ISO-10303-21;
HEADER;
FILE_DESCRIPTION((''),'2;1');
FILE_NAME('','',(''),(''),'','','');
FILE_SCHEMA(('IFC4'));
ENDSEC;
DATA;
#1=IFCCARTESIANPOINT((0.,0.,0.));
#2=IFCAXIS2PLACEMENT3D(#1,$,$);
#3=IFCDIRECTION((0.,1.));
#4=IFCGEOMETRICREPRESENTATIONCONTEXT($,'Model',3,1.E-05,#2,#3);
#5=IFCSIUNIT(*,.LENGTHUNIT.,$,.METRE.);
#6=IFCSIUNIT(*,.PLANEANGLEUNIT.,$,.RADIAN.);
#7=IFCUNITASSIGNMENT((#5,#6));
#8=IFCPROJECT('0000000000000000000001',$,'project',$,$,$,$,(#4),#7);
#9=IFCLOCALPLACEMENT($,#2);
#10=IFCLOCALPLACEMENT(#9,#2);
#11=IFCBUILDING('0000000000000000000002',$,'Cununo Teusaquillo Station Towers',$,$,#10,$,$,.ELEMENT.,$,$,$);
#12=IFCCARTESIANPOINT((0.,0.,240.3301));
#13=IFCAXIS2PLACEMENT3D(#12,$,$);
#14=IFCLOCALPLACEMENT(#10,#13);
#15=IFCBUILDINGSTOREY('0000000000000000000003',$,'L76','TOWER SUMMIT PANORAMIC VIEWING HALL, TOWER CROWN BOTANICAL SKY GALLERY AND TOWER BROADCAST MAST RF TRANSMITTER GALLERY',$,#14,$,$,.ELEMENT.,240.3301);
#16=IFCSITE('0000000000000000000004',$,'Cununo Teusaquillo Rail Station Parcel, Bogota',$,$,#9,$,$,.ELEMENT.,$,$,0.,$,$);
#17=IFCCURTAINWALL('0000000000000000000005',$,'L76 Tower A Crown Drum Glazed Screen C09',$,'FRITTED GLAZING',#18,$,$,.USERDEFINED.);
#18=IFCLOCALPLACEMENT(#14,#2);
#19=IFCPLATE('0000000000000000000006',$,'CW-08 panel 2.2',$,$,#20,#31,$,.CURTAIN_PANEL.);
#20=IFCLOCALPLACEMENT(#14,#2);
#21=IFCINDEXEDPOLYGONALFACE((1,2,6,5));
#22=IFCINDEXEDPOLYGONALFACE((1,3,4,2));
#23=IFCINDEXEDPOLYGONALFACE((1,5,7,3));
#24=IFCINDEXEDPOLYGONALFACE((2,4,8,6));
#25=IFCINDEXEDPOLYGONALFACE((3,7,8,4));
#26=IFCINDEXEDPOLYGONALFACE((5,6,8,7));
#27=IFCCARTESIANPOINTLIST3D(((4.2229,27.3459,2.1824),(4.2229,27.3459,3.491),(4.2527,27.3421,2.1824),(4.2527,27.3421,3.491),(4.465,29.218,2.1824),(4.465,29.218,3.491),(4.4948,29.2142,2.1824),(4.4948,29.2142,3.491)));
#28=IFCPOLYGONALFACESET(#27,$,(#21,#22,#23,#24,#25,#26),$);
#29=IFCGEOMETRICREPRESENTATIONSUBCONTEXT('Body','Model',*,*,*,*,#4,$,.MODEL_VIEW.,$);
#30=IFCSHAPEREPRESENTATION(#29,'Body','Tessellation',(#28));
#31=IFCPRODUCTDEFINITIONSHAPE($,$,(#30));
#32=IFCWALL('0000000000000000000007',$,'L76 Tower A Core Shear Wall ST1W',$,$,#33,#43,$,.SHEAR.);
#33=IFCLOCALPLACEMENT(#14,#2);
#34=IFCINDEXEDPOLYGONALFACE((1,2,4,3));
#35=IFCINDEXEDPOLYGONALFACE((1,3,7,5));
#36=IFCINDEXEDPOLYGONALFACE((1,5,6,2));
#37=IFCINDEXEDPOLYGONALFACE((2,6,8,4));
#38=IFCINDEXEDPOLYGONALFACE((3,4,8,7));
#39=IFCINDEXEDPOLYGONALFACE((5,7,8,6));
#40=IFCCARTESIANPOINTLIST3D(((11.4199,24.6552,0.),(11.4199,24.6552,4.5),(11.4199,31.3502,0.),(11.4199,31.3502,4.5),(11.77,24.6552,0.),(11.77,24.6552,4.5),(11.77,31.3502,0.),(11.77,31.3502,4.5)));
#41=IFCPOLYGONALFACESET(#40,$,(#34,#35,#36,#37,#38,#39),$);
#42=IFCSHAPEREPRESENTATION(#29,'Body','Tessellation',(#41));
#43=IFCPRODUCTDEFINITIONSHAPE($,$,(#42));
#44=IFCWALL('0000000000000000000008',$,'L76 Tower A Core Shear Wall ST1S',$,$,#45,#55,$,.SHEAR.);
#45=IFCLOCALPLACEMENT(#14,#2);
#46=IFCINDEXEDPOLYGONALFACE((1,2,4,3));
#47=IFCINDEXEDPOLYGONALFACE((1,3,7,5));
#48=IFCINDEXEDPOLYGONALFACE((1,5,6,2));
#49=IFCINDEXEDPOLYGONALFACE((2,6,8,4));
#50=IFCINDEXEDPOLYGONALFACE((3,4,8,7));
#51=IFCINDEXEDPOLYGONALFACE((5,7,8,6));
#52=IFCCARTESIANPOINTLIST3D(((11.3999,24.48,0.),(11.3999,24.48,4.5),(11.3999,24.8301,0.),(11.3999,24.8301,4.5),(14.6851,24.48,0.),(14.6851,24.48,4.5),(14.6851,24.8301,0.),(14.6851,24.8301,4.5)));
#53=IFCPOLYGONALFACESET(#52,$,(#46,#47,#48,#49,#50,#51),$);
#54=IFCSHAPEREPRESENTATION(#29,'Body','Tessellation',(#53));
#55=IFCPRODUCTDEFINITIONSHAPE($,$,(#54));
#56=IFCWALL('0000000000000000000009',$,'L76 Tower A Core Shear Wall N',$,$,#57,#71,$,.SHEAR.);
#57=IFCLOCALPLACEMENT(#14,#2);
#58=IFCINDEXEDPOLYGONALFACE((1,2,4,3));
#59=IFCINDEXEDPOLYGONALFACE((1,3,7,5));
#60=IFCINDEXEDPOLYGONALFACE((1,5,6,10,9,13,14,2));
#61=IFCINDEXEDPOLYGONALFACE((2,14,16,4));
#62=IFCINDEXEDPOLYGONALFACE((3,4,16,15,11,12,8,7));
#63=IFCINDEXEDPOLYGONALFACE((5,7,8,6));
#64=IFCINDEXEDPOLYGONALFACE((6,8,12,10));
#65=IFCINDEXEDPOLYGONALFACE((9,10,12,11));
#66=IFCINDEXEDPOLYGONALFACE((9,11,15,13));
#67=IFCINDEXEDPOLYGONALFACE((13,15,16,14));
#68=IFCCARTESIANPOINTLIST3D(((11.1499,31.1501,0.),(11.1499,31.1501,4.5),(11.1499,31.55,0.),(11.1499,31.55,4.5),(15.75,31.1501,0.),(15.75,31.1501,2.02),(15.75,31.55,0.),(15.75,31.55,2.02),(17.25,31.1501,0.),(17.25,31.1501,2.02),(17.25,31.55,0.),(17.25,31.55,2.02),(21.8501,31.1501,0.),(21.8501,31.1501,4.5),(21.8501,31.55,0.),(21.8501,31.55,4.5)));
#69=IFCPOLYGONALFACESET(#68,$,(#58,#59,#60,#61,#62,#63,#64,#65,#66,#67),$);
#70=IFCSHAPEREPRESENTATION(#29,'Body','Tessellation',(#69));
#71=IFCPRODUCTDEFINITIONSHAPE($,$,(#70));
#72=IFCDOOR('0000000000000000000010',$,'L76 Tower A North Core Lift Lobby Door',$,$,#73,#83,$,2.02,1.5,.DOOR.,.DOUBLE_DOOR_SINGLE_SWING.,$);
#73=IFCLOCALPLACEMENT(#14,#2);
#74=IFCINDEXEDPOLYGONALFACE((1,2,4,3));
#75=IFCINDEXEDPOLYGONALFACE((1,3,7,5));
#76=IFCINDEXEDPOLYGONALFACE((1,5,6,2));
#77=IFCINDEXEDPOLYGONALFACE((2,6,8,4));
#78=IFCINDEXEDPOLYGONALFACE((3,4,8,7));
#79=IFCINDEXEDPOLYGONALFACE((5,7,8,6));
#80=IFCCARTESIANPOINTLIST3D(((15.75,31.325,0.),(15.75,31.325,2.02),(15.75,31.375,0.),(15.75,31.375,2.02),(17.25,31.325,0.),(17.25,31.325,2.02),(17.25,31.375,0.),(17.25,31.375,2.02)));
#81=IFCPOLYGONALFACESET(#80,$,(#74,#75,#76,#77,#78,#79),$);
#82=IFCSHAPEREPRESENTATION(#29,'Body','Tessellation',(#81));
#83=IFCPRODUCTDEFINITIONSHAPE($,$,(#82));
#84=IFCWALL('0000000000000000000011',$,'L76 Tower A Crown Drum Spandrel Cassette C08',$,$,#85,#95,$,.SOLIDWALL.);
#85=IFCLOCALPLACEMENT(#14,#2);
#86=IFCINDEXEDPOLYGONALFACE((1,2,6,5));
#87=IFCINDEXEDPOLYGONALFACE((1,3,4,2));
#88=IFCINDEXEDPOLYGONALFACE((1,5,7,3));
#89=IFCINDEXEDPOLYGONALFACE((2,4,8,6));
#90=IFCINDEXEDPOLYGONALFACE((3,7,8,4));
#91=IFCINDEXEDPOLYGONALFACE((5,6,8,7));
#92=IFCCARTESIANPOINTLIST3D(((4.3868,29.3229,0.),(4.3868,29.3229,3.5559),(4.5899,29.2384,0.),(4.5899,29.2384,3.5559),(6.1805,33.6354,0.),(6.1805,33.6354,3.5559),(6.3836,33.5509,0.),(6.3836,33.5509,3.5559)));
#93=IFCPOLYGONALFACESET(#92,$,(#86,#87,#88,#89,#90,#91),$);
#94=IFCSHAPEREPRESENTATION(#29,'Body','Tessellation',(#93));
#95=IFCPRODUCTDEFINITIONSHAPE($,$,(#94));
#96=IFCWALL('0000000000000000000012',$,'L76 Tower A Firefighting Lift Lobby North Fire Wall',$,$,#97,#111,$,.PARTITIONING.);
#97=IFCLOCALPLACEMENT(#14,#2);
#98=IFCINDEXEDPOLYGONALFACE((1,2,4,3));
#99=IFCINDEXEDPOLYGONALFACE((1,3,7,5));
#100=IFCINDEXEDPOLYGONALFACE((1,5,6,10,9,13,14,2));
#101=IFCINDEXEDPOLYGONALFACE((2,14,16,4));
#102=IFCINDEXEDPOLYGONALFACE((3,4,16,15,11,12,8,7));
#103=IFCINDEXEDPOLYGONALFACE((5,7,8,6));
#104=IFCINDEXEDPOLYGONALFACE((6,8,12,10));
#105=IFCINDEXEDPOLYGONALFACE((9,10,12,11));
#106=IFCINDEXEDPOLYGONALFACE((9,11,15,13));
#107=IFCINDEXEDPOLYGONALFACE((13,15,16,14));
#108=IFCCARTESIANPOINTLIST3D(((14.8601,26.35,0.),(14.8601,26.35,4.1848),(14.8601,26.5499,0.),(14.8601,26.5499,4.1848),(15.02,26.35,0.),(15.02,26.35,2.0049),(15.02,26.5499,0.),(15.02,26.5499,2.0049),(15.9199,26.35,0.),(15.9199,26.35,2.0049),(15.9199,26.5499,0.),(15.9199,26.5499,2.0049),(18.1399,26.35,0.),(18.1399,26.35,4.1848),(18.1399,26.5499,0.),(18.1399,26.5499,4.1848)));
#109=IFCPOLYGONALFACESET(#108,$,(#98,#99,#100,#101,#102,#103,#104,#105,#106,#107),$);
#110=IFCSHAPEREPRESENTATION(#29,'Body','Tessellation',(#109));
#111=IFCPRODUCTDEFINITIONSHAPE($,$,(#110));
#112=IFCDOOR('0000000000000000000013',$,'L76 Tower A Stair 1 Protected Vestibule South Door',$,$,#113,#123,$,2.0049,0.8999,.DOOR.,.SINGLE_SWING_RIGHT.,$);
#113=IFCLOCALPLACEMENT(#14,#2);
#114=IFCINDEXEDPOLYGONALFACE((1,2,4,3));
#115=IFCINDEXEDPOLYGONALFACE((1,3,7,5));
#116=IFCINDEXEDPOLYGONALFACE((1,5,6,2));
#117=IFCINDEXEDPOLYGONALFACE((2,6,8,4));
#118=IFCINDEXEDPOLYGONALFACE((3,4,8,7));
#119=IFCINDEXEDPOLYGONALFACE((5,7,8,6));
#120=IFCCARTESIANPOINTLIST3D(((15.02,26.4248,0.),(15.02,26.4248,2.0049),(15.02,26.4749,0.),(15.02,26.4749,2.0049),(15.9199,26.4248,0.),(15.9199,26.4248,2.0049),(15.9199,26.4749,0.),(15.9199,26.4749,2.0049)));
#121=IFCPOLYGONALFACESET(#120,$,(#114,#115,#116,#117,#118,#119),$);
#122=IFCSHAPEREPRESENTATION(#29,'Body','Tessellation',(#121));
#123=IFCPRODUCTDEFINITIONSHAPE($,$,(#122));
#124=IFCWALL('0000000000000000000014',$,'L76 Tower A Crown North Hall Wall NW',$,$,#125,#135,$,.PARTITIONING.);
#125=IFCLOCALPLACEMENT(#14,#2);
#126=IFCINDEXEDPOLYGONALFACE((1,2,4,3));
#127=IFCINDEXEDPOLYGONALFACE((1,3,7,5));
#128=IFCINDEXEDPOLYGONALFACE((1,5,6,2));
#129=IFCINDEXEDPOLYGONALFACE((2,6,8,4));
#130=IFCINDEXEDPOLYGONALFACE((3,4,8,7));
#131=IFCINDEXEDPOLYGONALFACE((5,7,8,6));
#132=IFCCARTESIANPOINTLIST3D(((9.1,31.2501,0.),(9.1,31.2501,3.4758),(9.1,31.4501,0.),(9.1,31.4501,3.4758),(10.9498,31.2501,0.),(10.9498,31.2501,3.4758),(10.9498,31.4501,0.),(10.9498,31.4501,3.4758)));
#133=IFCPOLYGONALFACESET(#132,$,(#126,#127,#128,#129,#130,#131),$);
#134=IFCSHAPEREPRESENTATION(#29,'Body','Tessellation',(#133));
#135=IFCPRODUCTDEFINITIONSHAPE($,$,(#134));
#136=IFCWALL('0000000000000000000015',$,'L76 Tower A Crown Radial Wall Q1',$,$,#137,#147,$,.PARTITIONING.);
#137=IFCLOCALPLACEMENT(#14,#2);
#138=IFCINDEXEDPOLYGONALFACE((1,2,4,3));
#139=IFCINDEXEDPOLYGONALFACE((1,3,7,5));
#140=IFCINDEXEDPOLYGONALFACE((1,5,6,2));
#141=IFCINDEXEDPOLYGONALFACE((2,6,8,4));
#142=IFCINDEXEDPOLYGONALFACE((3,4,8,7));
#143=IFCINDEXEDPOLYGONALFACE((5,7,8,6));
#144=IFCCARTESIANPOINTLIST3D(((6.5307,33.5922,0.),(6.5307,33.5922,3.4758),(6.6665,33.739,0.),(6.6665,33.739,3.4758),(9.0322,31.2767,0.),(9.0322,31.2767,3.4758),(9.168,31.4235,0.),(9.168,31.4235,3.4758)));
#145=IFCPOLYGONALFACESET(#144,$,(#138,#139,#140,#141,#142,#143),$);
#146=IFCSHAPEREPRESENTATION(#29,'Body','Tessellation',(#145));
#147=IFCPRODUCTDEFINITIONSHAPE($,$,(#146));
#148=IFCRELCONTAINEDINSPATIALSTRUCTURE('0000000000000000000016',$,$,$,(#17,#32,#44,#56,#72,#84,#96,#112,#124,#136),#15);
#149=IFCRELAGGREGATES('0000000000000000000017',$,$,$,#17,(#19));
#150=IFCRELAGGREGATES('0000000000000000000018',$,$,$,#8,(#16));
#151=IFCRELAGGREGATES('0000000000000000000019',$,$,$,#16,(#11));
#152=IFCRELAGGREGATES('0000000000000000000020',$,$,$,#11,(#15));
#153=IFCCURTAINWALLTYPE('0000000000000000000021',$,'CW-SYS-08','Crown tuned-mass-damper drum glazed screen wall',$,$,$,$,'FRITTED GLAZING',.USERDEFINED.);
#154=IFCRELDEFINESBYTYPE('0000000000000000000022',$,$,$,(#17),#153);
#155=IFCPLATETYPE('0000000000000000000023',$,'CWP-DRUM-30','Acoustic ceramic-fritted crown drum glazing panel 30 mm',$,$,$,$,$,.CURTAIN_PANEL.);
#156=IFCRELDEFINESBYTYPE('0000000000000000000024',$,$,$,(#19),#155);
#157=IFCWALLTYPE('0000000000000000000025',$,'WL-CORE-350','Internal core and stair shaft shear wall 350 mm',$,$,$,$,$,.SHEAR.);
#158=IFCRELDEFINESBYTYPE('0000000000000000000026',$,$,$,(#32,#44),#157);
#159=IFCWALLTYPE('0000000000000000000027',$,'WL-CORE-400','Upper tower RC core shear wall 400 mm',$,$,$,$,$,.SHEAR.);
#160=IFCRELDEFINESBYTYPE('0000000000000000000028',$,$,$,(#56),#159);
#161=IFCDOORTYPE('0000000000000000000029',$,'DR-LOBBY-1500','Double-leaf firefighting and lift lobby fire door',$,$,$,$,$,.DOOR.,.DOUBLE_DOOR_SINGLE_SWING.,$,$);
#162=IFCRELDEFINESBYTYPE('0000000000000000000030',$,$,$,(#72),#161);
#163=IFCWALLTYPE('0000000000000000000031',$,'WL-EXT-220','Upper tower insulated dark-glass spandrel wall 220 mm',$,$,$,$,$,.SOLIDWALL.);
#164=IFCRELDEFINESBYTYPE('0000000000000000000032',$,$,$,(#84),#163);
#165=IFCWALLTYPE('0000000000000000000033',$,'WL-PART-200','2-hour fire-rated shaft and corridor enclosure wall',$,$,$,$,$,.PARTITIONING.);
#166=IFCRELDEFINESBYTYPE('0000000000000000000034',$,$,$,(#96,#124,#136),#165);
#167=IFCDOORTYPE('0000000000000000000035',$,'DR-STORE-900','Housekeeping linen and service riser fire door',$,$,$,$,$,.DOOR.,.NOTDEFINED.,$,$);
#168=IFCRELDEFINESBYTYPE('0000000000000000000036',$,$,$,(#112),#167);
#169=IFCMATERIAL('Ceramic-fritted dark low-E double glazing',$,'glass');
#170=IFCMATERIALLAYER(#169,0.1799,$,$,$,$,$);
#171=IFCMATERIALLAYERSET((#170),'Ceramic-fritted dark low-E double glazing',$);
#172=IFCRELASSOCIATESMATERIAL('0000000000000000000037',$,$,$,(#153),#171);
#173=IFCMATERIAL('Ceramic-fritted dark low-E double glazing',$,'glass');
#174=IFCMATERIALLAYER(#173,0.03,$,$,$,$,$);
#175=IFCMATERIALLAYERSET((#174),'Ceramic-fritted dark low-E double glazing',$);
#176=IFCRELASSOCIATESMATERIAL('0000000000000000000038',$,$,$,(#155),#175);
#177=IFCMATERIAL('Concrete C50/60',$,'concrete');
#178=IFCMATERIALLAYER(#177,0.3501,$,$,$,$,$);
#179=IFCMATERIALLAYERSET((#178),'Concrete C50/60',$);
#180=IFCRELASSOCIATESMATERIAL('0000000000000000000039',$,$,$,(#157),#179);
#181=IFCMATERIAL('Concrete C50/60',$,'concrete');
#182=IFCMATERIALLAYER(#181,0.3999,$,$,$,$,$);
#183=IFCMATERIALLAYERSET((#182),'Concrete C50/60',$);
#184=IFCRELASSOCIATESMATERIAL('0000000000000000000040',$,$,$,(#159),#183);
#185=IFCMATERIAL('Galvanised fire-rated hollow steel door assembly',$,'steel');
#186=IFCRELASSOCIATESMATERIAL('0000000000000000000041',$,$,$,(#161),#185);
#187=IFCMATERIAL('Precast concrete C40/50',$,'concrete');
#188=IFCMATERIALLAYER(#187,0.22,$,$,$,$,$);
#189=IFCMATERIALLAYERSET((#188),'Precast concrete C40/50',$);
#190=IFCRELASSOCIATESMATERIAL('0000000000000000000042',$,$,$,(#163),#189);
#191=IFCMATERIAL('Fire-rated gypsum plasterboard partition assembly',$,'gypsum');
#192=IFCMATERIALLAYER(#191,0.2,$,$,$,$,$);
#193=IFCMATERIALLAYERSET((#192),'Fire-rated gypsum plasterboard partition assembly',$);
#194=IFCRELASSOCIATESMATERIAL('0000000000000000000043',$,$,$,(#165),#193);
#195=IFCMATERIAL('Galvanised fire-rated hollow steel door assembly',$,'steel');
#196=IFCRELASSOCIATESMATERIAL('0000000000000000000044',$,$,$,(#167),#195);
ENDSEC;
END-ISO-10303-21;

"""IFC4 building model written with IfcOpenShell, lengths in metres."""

from ifc_helpers import new_model, si_unit, direction, frame, frame_2d, origin, origin_2d, place, context, subcontext, project, spatial, rectangle, extrude, source, transform, mapped, material, layer, layer_set, type_object, element, fill, aggregate, save


model = new_model("IFC4")

# Units and contexts
model_context = context("Model", 3, precision=1e-05, world=origin(), true_north=direction((0.0, 1.0)))
body_context = subcontext(model_context, "Body", "Model", "MODEL_VIEW")
ifc_project = project(units=[si_unit("LENGTHUNIT", "METRE"), si_unit("PLANEANGLEUNIT", "RADIAN")], contexts=[model_context])

# Site, building, storey
site_placement = place(None, origin())
site = spatial("IfcSite", under=ifc_project, at=site_placement, Name="Cununo Teusaquillo Rail Station Parcel, Bogota", CompositionType="ELEMENT", RefElevation=0.0)
building_placement = place(site_placement, origin())
building = spatial("IfcBuilding", under=site, at=building_placement, Name="Cununo Teusaquillo Station Towers", CompositionType="ELEMENT")
storey_placement = place(building_placement, frame((0.0, 0.0, 240.3301)))
storey = spatial("IfcBuildingStorey", under=building, at=storey_placement, Name="L76", Description="TOWER SUMMIT PANORAMIC VIEWING HALL, TOWER CROWN BOTANICAL SKY GALLERY AND TOWER BROADCAST MAST RF TRANSMITTER GALLERY", CompositionType="ELEMENT", Elevation=240.3301)

# Curtain wall
ifc_material_1 = material(Name="Ceramic-fritted dark low-E double glazing", Category="glass")
ifc_layer_1 = layer(ifc_material_1, 0.1799)
ifc_layer_set_1 = layer_set([ifc_layer_1], Name="Ceramic-fritted dark low-E double glazing")
curtain_wall_type = type_object("IfcCurtainWallType", Name="CW-SYS-08", Description="Crown tuned-mass-damper drum glazed screen wall", ElementType="FRITTED GLAZING", PredefinedType="USERDEFINED", material=ifc_layer_set_1)
curtain_wall_placement = place(storey_placement, origin())
curtain_wall = element("IfcCurtainWall", 1, at=curtain_wall_placement, inside=storey, type_object=curtain_wall_type, Name="L76 Tower A Crown Drum Glazed Screen C09", ObjectType="FRITTED GLAZING", PredefinedType="USERDEFINED")

# Plate
ifc_material_2 = material(Name="Ceramic-fritted dark low-E double glazing", Category="glass")
ifc_layer_2 = layer(ifc_material_2, 0.03)
ifc_layer_set_2 = layer_set([ifc_layer_2], Name="Ceramic-fritted dark low-E double glazing")
plate_type_1 = type_object("IfcPlateType", Name="CWP-DRUM-30", Description="Acoustic ceramic-fritted crown drum glazing panel 30 mm", PredefinedType="CURTAIN_PANEL", material=ifc_layer_set_2)
shared_shape_1 = source(origin(), body_context, "Body", "SweptSolid", [
    extrude(rectangle(XDim=1.8877, YDim=0.03, at=origin_2d()), origin(), (0.0, 0.0, 1.0), 1.3086),
])
plate_1_placement = place(storey_placement, frame((4.3589, 28.28, 2.1824), z_axis=(0.0, 0.0, 1.0), x_axis=(0.128253, 0.991742, 0.0)))
plate_1 = element("IfcPlate", 2, at=plate_1_placement, type_object=plate_type_1, Name="CW-08 panel 2.2", PredefinedType="CURTAIN_PANEL", context=body_context, shape_type="MappedRepresentation", body=[
    mapped(shared_shape_1, transform((0.0, 0.0, 0.0), x_axis=(1.0, 0.0, 0.0), y_axis=(0.0, 1.0, 0.0), z_axis=(0.0, 0.0, 1.0), scale=1.0)),
])
aggregate(curtain_wall, [plate_1])

# Walls
ifc_material_3 = material(Name="Concrete C50/60", Category="concrete")
ifc_layer_3 = layer(ifc_material_3, 0.3501)
ifc_layer_set_3 = layer_set([ifc_layer_3], Name="Concrete C50/60")
wall_type_1 = type_object("IfcWallType", Name="WL-CORE-350", Description="Internal core and stair shaft shear wall 350 mm", PredefinedType="SHEAR", material=ifc_layer_set_3)
wall_1_placement = place(storey_placement, frame((11.595, 24.655, 0.0), z_axis=(0.0, 0.0, 1.0), x_axis=(0.0, 1.0, 0.0)))
element("IfcWall", 3, at=wall_1_placement, inside=storey, type_object=wall_type_1, Name="L76 Tower A Core Shear Wall ST1W", PredefinedType="SHEAR", context=body_context, shape_type="SweptSolid", body=[
    extrude(rectangle(XDim=6.6951, YDim=0.3501, at=frame_2d((3.3477, 0.0))), origin(), (0.0, 0.0, 1.0), 4.5),
])
wall_2_placement = place(storey_placement, frame((11.3999, 24.655, 0.0), z_axis=(0.0, 0.0, 1.0), x_axis=(1.0, 0.0, 0.0)))
element("IfcWall", 4, at=wall_2_placement, inside=storey, type_object=wall_type_1, Name="L76 Tower A Core Shear Wall ST1S", PredefinedType="SHEAR", context=body_context, shape_type="SweptSolid", body=[
    extrude(rectangle(XDim=3.2852, YDim=0.3501, at=frame_2d((1.6426, 0.0))), origin(), (0.0, 0.0, 1.0), 4.5),
])

# Wall, opening, door
ifc_material_4 = material(Name="Concrete C50/60", Category="concrete")
ifc_layer_4 = layer(ifc_material_4, 0.3999)
ifc_layer_set_4 = layer_set([ifc_layer_4], Name="Concrete C50/60")
wall_type_2 = type_object("IfcWallType", Name="WL-CORE-400", Description="Upper tower RC core shear wall 400 mm", PredefinedType="SHEAR", material=ifc_layer_set_4)
wall_3_placement = place(storey_placement, frame((11.1499, 31.3501, 0.0), z_axis=(0.0, 0.0, 1.0), x_axis=(1.0, 0.0, 0.0)))
wall_3 = element("IfcWall", 5, at=wall_3_placement, inside=storey, type_object=wall_type_2, Name="L76 Tower A Core Shear Wall N", PredefinedType="SHEAR", context=body_context, shape_type="SweptSolid", body=[
    extrude(rectangle(XDim=10.7002, YDim=0.3999, at=frame_2d((5.3501, 0.0))), origin(), (0.0, 0.0, 1.0), 4.5),
])
shared_shape_2 = source(origin(), body_context, "Body", "SweptSolid", [
    extrude(rectangle(XDim=1.5, YDim=2.02, at=frame_2d((0.75, 1.01))), frame((0.0, 0.21, 0.0), z_axis=(0.0, -1.0, 0.0), x_axis=(1.0, 0.0, 0.0)), (0.0, 0.0, 1.0), 0.4199),
])
opening_1_placement = place(wall_3_placement, frame((4.6001, 0.0, 0.0)))
opening_1 = element("IfcOpeningElement", 6, at=opening_1_placement, cuts=wall_3, PredefinedType="OPENING", context=body_context, shape_type="MappedRepresentation", body=[
    mapped(shared_shape_2, transform((0.0, 0.0, 0.0), x_axis=(1.0, 0.0, 0.0), y_axis=(0.0, 1.0, 0.0), z_axis=(0.0, 0.0, 1.0), scale=1.0)),
])
ifc_material_5 = material(Name="Galvanised fire-rated hollow steel door assembly", Category="steel")
door_type_1 = type_object("IfcDoorType", Name="DR-LOBBY-1500", Description="Double-leaf firefighting and lift lobby fire door", OperationType="DOUBLE_DOOR_SINGLE_SWING", PredefinedType="DOOR", material=ifc_material_5)
shared_shape_3 = source(origin(), body_context, "Body", "SweptSolid", [
    extrude(rectangle(XDim=1.5, YDim=2.02, at=frame_2d((0.75, 1.01))), frame((0.0, 0.0249, 0.0), z_axis=(0.0, -1.0, 0.0), x_axis=(1.0, 0.0, 0.0)), (0.0, 0.0, 1.0), 0.05),
])
door_1_placement = place(opening_1_placement, origin())
door_1 = element("IfcDoor", 7, at=door_1_placement, inside=storey, type_object=door_type_1, Name="L76 Tower A North Core Lift Lobby Door", OperationType="DOUBLE_DOOR_SINGLE_SWING", OverallHeight=2.02, OverallWidth=1.5, PredefinedType="DOOR", context=body_context, shape_type="MappedRepresentation", body=[
    mapped(shared_shape_3, transform((0.0, 0.0, 0.0), x_axis=(1.0, 0.0, 0.0), y_axis=(0.0, 1.0, 0.0), z_axis=(0.0, 0.0, 1.0), scale=1.0)),
])
fill(opening_1, door_1)

# Wall
ifc_material_6 = material(Name="Precast concrete C40/50", Category="concrete")
ifc_layer_5 = layer(ifc_material_6, 0.22)
ifc_layer_set_5 = layer_set([ifc_layer_5], Name="Precast concrete C40/50")
wall_type_3 = type_object("IfcWallType", Name="WL-EXT-220", Description="Upper tower insulated dark-glass spandrel wall 220 mm", PredefinedType="SOLIDWALL", material=ifc_layer_set_5)
wall_4_placement = place(storey_placement, frame((4.4883, 29.2805, 0.0), z_axis=(0.0, 0.0, 1.0), x_axis=(0.384036, 0.923318, 0.0)))
element("IfcWall", 8, at=wall_4_placement, inside=storey, type_object=wall_type_3, Name="L76 Tower A Crown Drum Spandrel Cassette C08", PredefinedType="SOLIDWALL", context=body_context, shape_type="SweptSolid", body=[
    extrude(rectangle(XDim=4.6707, YDim=0.22, at=frame_2d((2.3354, 0.0))), origin(), (0.0, 0.0, 1.0), 3.5559),
])

# Wall, opening, door
ifc_material_7 = material(Name="Fire-rated gypsum plasterboard partition assembly", Category="gypsum")
ifc_layer_6 = layer(ifc_material_7, 0.2)
ifc_layer_set_6 = layer_set([ifc_layer_6], Name="Fire-rated gypsum plasterboard partition assembly")
wall_type_4 = type_object("IfcWallType", Name="WL-PART-200", Description="2-hour fire-rated shaft and corridor enclosure wall", PredefinedType="PARTITIONING", material=ifc_layer_set_6)
wall_5_placement = place(storey_placement, frame((14.8601, 26.45, 0.0), z_axis=(0.0, 0.0, 1.0), x_axis=(1.0, 0.0, 0.0)))
wall_5 = element("IfcWall", 9, at=wall_5_placement, inside=storey, type_object=wall_type_4, Name="L76 Tower A Firefighting Lift Lobby North Fire Wall", PredefinedType="PARTITIONING", context=body_context, shape_type="SweptSolid", body=[
    extrude(rectangle(XDim=3.2798, YDim=0.2, at=frame_2d((1.6399, 0.0))), origin(), (0.0, 0.0, 1.0), 4.1848),
])
shared_shape_4 = source(origin(), body_context, "Body", "SweptSolid", [
    extrude(rectangle(XDim=0.8999, YDim=2.0049, at=frame_2d((0.45, 1.0024))), frame((0.0, 0.1099, 0.0), z_axis=(0.0, -1.0, 0.0), x_axis=(1.0, 0.0, 0.0)), (0.0, 0.0, 1.0), 0.22),
])
opening_2_placement = place(wall_5_placement, frame((0.1599, 0.0, 0.0)))
opening_2 = element("IfcOpeningElement", 10, at=opening_2_placement, cuts=wall_5, PredefinedType="OPENING", context=body_context, shape_type="MappedRepresentation", body=[
    mapped(shared_shape_4, transform((0.0, 0.0, 0.0), x_axis=(1.0, 0.0, 0.0), y_axis=(0.0, 1.0, 0.0), z_axis=(0.0, 0.0, 1.0), scale=1.0)),
])
ifc_material_8 = material(Name="Galvanised fire-rated hollow steel door assembly", Category="steel")
door_type_2 = type_object("IfcDoorType", Name="DR-STORE-900", Description="Housekeeping linen and service riser fire door", OperationType="NOTDEFINED", PredefinedType="DOOR", material=ifc_material_8)
shared_shape_5 = source(origin(), body_context, "Body", "SweptSolid", [
    extrude(rectangle(XDim=0.8999, YDim=2.0049, at=frame_2d((0.45, 1.0024))), frame((0.0, 0.0249, 0.0), z_axis=(0.0, -1.0, 0.0), x_axis=(1.0, 0.0, 0.0)), (0.0, 0.0, 1.0), 0.05),
])
door_2_placement = place(opening_2_placement, origin())
door_2 = element("IfcDoor", 11, at=door_2_placement, inside=storey, type_object=door_type_2, Name="L76 Tower A Stair 1 Protected Vestibule South Door", OperationType="SINGLE_SWING_RIGHT", OverallHeight=2.0049, OverallWidth=0.8999, PredefinedType="DOOR", context=body_context, shape_type="MappedRepresentation", body=[
    mapped(shared_shape_5, transform((0.0, 0.0, 0.0), x_axis=(1.0, 0.0, 0.0), y_axis=(0.0, 1.0, 0.0), z_axis=(0.0, 0.0, 1.0), scale=1.0)),
])
fill(opening_2, door_2)

# Walls
wall_6_placement = place(storey_placement, frame((9.1001, 31.3501, 0.0), z_axis=(0.0, 0.0, 1.0), x_axis=(1.0, 0.0, 0.0)))
element("IfcWall", 12, at=wall_6_placement, inside=storey, type_object=wall_type_4, Name="L76 Tower A Crown North Hall Wall NW", PredefinedType="PARTITIONING", context=body_context, shape_type="SweptSolid", body=[
    extrude(rectangle(XDim=1.8499, YDim=0.2, at=frame_2d((0.9248, 0.0))), origin(), (0.0, 0.0, 1.0), 3.4758),
])
wall_7_placement = place(storey_placement, frame((9.1001, 31.3501, 0.0), z_axis=(0.0, 0.0, 1.0), x_axis=(-0.733869, 0.679291, 0.0)))
element("IfcWall", 13, at=wall_7_placement, inside=storey, type_object=wall_type_4, Name="L76 Tower A Crown Radial Wall Q1", PredefinedType="PARTITIONING", context=body_context, shape_type="SweptSolid", body=[
    extrude(rectangle(XDim=3.4087, YDim=0.2, at=frame_2d((1.7043, 0.0))), origin(), (0.0, 0.0, 1.0), 3.4758),
])

save(model, "model.ifc")
